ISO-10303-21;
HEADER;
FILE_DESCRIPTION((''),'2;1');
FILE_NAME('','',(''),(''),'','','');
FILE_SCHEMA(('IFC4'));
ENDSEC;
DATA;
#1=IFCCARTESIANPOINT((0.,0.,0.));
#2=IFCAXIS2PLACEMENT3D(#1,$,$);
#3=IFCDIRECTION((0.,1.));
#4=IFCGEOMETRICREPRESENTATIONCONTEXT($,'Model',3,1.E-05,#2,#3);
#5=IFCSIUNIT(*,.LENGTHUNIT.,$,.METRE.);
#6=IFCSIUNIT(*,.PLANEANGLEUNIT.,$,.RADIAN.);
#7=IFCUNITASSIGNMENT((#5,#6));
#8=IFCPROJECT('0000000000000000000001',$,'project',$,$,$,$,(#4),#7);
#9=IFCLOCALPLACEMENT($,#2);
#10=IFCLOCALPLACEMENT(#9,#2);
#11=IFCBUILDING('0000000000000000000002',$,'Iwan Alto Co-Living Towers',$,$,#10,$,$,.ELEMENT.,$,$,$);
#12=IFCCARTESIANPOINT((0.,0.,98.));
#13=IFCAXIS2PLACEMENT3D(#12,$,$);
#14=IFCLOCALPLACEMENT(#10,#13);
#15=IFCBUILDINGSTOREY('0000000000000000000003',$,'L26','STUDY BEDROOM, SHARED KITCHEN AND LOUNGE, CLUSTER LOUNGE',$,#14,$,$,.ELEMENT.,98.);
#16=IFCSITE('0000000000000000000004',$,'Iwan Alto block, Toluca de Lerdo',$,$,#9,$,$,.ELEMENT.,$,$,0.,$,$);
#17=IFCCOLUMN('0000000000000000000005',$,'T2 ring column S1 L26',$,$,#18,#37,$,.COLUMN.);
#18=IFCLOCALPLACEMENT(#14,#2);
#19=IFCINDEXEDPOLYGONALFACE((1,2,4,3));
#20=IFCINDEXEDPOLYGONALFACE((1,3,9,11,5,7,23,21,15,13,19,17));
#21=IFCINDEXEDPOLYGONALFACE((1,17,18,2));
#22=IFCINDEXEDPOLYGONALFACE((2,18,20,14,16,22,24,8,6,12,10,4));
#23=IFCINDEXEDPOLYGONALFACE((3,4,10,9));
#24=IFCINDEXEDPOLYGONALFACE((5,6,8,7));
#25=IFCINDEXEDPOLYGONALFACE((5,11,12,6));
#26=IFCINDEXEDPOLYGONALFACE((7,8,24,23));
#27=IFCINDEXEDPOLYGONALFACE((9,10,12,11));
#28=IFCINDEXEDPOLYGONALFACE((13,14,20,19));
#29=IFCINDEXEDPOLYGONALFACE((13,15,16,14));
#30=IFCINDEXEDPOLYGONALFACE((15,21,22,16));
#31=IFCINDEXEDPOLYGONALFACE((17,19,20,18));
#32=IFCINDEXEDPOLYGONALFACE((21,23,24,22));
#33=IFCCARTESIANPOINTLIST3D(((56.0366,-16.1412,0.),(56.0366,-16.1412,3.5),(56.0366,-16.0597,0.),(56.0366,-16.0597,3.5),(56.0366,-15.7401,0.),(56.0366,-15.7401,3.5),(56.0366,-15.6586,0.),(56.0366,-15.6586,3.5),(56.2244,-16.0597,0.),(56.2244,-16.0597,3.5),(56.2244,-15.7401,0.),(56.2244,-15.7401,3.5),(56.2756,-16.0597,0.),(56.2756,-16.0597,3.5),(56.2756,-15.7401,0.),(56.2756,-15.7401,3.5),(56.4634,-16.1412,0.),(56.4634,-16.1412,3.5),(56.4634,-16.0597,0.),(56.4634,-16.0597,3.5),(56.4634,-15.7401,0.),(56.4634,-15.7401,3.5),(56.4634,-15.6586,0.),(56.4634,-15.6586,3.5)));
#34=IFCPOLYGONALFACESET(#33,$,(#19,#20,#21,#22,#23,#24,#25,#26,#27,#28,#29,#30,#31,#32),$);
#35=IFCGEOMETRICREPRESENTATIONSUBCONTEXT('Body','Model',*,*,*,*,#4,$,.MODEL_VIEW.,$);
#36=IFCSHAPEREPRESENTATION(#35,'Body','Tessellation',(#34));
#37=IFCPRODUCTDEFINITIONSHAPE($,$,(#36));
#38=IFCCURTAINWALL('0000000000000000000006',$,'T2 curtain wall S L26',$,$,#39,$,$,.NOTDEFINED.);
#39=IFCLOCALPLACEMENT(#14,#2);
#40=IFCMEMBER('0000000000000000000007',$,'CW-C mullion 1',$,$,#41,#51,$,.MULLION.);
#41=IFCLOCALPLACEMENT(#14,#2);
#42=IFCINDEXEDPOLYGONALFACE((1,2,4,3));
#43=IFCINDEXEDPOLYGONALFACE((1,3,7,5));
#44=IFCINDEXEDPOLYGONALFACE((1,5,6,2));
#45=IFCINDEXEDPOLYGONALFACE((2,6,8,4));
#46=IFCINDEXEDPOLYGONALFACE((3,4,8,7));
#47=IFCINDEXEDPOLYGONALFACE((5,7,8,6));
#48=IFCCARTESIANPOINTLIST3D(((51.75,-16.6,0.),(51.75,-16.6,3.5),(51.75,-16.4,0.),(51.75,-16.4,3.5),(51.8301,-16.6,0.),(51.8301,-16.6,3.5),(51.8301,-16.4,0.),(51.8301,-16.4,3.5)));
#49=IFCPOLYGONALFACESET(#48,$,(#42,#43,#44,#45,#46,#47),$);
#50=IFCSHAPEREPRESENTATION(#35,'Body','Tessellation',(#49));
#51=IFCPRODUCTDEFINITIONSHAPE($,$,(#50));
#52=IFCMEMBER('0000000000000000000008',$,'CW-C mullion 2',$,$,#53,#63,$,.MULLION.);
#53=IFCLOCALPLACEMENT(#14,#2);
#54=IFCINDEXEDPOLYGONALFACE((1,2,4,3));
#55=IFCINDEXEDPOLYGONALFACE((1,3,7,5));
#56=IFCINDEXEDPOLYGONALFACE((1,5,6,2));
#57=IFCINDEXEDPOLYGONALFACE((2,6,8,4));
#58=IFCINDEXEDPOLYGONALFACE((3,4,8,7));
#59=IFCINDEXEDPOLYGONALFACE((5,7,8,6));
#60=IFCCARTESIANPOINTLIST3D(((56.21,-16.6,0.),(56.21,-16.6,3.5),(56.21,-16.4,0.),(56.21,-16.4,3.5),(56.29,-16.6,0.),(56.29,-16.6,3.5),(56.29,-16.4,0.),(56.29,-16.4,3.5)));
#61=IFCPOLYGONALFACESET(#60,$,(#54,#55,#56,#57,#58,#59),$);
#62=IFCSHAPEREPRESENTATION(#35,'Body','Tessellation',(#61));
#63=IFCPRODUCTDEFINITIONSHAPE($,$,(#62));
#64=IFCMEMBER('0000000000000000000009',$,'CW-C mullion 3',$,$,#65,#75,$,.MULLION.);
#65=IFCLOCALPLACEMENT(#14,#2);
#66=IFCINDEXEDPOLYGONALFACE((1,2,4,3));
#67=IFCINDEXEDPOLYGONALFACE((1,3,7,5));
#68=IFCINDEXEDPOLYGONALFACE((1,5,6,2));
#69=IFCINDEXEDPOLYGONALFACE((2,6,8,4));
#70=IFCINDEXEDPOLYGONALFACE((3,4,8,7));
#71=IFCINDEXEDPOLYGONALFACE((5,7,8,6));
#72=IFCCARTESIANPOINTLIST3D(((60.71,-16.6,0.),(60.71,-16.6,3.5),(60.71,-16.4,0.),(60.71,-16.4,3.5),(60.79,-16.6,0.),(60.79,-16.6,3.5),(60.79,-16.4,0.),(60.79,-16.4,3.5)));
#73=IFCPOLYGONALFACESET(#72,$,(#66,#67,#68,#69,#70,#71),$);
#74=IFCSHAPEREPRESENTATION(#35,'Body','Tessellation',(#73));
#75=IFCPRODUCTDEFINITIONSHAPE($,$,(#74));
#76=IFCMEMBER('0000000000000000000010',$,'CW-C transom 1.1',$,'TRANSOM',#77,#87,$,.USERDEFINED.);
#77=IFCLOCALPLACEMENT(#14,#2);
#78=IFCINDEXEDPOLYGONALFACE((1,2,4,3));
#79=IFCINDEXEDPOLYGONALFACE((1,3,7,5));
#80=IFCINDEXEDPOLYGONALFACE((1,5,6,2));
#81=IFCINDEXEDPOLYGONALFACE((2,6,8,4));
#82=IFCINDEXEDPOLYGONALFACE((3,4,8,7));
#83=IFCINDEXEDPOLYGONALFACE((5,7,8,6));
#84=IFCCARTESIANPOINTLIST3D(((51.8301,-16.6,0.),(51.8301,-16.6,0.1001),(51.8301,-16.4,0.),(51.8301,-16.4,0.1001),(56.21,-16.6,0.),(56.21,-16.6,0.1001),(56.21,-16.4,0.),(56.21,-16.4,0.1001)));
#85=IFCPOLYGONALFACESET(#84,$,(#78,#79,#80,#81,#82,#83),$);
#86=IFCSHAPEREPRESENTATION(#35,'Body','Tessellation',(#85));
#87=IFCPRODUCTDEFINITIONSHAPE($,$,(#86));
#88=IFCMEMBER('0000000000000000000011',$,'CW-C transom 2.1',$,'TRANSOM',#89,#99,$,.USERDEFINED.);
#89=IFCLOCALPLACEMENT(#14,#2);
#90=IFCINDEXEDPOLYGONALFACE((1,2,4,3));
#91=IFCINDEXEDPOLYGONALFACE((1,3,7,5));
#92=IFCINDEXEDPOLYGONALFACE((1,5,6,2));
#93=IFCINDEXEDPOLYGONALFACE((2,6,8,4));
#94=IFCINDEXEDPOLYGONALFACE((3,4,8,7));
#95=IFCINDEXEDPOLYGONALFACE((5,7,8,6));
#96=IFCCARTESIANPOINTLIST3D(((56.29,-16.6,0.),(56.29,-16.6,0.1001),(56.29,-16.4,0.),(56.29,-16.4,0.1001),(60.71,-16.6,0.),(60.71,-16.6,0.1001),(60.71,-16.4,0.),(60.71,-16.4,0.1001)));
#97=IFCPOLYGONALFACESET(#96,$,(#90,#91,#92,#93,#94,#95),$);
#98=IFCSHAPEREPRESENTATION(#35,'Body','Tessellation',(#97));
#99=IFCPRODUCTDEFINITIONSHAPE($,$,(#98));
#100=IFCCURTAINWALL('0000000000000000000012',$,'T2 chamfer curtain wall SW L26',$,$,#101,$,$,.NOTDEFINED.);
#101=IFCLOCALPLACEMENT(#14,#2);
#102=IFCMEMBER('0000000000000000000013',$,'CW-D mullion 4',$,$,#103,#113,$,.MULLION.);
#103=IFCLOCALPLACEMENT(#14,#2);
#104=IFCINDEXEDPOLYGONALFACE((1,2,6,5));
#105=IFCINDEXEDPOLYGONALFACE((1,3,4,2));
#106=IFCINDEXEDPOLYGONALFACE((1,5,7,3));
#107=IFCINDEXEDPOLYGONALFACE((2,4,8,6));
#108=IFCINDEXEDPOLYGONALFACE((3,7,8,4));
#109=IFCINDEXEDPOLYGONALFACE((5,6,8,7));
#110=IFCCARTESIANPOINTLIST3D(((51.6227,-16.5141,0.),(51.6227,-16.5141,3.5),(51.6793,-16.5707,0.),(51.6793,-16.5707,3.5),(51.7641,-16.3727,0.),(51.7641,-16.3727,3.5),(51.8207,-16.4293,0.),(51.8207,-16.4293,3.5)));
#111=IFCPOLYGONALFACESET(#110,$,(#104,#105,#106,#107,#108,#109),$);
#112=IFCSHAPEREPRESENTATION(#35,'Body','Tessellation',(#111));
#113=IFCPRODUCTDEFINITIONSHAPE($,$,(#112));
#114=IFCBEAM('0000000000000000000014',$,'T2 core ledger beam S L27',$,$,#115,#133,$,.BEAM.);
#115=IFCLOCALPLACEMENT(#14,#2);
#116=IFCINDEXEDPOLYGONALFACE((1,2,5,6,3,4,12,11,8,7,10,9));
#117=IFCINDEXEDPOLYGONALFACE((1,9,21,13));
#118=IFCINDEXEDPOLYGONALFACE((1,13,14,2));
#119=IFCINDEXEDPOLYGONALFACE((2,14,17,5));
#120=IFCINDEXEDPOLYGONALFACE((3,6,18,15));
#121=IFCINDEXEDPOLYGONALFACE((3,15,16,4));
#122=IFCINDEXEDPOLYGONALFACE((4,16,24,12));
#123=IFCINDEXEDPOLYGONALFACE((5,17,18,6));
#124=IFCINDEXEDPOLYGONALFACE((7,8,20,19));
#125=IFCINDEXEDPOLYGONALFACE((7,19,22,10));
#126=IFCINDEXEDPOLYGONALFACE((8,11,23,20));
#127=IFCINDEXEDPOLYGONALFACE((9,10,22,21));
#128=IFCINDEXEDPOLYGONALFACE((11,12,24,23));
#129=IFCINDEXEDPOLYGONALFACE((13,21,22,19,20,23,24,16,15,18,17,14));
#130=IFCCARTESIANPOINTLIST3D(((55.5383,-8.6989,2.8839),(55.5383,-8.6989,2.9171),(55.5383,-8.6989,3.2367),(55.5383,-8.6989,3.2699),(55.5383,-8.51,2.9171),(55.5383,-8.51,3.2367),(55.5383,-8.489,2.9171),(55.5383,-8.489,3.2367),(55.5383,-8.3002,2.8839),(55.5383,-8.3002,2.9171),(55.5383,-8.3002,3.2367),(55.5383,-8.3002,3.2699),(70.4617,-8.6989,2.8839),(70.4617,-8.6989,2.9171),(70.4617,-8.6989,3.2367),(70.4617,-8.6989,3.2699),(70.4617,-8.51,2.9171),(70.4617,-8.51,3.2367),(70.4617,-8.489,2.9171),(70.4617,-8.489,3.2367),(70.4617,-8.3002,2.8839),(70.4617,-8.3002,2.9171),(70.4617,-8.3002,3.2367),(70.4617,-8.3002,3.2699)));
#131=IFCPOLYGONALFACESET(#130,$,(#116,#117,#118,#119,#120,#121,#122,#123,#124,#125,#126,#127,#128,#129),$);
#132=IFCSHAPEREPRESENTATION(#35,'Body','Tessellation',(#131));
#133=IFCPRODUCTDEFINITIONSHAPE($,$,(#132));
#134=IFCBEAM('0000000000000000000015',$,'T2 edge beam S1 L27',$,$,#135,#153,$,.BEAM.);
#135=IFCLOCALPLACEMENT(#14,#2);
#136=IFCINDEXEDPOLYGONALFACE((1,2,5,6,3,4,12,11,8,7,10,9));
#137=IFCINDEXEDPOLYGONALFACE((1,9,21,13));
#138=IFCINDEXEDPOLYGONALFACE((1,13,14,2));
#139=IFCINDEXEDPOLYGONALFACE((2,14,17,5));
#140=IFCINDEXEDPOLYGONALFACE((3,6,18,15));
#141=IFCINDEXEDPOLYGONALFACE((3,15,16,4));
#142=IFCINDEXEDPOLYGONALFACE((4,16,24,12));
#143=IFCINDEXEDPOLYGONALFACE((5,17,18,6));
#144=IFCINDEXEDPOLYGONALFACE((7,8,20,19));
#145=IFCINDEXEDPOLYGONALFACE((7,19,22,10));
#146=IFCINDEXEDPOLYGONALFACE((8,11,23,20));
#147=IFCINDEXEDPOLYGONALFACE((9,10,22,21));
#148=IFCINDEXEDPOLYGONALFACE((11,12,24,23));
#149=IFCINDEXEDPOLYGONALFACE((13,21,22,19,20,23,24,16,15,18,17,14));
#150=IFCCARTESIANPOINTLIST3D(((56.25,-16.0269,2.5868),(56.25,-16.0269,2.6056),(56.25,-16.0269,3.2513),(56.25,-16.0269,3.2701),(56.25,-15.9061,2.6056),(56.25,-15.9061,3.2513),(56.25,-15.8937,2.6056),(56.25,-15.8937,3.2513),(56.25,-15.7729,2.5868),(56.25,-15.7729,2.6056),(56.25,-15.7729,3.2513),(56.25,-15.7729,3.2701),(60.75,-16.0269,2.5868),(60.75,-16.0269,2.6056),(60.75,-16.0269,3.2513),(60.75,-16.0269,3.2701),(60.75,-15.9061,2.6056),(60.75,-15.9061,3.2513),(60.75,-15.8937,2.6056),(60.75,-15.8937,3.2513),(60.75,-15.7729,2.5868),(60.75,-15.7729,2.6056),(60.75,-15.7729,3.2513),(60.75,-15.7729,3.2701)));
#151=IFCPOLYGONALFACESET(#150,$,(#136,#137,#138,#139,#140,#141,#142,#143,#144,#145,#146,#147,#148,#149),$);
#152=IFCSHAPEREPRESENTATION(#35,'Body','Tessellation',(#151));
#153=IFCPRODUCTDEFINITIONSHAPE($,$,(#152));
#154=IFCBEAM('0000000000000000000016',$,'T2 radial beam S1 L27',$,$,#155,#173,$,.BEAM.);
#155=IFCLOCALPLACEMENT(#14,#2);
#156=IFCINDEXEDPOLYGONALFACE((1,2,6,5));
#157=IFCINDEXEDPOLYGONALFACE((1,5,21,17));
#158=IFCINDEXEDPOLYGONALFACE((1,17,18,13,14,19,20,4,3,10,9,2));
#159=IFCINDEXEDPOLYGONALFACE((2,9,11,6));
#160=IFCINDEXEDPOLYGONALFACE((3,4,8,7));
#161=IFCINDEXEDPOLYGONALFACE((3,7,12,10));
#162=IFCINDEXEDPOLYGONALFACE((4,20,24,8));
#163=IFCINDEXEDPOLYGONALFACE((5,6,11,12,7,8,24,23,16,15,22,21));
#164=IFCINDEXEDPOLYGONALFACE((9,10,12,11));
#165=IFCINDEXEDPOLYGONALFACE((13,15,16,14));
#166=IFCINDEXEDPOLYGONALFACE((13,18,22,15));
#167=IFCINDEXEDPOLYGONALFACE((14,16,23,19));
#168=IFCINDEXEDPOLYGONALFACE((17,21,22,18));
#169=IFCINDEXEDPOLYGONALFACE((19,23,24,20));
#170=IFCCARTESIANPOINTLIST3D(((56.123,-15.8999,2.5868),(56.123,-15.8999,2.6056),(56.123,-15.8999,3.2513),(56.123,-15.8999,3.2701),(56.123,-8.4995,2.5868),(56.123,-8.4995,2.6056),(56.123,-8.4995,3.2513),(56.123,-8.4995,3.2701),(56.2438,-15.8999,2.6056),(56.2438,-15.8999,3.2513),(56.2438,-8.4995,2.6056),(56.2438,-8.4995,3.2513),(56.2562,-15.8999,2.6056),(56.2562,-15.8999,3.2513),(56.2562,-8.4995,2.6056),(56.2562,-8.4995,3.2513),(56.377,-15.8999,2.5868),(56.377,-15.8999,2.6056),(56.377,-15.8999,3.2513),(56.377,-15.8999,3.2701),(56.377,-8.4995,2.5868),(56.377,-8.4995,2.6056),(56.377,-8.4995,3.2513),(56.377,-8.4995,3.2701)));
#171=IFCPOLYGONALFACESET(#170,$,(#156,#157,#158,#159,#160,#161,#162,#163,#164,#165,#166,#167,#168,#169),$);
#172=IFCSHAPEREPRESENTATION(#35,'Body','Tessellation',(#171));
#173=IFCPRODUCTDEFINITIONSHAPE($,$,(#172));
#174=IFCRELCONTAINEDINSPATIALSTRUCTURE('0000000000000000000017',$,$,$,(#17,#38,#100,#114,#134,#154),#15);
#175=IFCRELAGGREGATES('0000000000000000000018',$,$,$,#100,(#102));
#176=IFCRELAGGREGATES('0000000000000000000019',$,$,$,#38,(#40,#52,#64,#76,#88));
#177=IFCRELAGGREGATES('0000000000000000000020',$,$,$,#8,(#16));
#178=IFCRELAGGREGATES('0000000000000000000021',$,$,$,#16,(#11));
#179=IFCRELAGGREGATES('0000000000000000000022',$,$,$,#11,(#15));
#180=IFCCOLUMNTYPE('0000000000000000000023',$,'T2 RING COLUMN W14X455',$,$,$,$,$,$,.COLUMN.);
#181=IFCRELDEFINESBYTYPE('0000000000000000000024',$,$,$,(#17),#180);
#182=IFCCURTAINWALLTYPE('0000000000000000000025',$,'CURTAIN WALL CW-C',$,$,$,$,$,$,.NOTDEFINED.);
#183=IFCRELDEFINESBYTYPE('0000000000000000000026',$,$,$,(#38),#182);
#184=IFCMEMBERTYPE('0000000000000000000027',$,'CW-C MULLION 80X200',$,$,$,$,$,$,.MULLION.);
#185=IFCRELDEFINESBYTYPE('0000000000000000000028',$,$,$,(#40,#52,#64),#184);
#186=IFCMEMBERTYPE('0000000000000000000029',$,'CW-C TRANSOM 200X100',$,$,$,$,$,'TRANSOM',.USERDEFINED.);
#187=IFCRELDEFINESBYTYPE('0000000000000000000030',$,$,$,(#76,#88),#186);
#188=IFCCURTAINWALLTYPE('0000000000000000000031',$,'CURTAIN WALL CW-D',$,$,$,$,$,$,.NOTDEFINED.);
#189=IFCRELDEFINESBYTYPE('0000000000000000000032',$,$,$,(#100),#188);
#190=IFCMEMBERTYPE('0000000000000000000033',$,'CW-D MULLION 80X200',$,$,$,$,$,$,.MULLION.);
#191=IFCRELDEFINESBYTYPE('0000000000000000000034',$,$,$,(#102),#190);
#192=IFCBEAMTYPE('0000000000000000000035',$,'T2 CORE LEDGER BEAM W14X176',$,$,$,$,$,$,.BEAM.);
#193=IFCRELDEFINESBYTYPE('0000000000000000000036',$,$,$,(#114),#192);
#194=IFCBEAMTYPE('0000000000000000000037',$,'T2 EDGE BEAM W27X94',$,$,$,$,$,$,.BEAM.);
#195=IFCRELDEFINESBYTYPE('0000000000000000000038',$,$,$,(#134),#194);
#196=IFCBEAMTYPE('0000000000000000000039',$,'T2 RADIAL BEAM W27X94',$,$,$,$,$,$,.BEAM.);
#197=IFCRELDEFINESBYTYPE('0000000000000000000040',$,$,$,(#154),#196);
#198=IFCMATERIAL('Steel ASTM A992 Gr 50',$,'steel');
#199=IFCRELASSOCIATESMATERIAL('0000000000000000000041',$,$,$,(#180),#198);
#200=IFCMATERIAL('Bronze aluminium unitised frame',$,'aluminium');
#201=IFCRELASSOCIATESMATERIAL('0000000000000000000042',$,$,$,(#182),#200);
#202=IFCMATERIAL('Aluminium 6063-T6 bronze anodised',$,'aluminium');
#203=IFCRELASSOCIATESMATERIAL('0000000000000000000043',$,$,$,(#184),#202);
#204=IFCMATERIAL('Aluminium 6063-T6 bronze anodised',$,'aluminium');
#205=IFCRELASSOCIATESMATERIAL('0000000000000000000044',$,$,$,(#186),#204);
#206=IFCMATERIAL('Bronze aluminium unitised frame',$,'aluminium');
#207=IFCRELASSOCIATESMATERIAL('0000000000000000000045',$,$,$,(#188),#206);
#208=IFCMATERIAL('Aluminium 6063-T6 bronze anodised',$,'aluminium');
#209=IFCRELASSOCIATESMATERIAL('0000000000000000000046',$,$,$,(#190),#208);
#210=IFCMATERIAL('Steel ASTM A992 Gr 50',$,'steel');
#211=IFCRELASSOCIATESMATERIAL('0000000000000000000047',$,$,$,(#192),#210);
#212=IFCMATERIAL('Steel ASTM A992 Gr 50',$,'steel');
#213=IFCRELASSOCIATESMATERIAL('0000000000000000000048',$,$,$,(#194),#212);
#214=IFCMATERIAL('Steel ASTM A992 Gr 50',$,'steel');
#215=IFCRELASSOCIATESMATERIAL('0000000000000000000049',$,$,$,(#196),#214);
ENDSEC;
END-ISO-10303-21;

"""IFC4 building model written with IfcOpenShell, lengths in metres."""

from ifc_helpers import new_model, si_unit, direction, frame, origin, origin_2d, place, context, subcontext, project, spatial, rectangle, i_section, extrude, material, material_profile, profile_set, type_object, element, aggregate, save


model = new_model("IFC4")

# Units and contexts
model_context = context("Model", 3, precision=1e-05, world=origin(), true_north=direction((0.0, 1.0)))
body_context = subcontext(model_context, "Body", "Model", "MODEL_VIEW")
ifc_project = project(units=[si_unit("LENGTHUNIT", "METRE"), si_unit("PLANEANGLEUNIT", "RADIAN")], contexts=[model_context])

# Site, building, storey
site_placement = place(None, origin())
site = spatial("IfcSite", under=ifc_project, at=site_placement, Name="Iwan Alto block, Toluca de Lerdo", CompositionType="ELEMENT", RefElevation=0.0)
building_placement = place(site_placement, origin())
building = spatial("IfcBuilding", under=site, at=building_placement, Name="Iwan Alto Co-Living Towers", CompositionType="ELEMENT")
storey_placement = place(building_placement, frame((0.0, 0.0, 98.0)))
storey = spatial("IfcBuildingStorey", under=building, at=storey_placement, Name="L26", Description="STUDY BEDROOM, SHARED KITCHEN AND LOUNGE, CLUSTER LOUNGE", CompositionType="ELEMENT", Elevation=98.0)

# Column
ifc_material_1 = material(Name="Steel ASTM A992 Gr 50", Category="steel")
ifc_material_profile_1 = material_profile(ifc_material_1, i_section(OverallWidth=0.4268, OverallDepth=0.4827, WebThickness=0.0513, FlangeThickness=0.0815, at=origin_2d()), Name="W14X455")
ifc_profile_set_1 = profile_set([ifc_material_profile_1], Name="Steel ASTM A992 Gr 50")
column_type = type_object("IfcColumnType", Name="T2 RING COLUMN W14X455", PredefinedType="COLUMN", material=ifc_profile_set_1)
column_placement = place(storey_placement, frame((56.25, -15.8999, 0.0), z_axis=(0.0, 0.0, 1.0), x_axis=(1.0, 0.0, 0.0)))
element("IfcColumn", 1, at=column_placement, inside=storey, type_object=column_type, Name="T2 ring column S1 L26", PredefinedType="COLUMN", context=body_context, shape_type="SweptSolid", body=[
    extrude(i_section(OverallWidth=0.4268, OverallDepth=0.4827, WebThickness=0.0513, FlangeThickness=0.0815, at=origin_2d()), origin(), (0.0, 0.0, 1.0), 3.5),
])

# Curtain wall, members
ifc_material_2 = material(Name="Bronze aluminium unitised frame", Category="aluminium")
curtain_wall_type_1 = type_object("IfcCurtainWallType", Name="CURTAIN WALL CW-C", PredefinedType="NOTDEFINED", material=ifc_material_2)
curtain_wall_1_placement = place(storey_placement, origin())
curtain_wall_1 = element("IfcCurtainWall", 2, at=curtain_wall_1_placement, inside=storey, type_object=curtain_wall_type_1, Name="T2 curtain wall S L26", PredefinedType="NOTDEFINED")
ifc_material_3 = material(Name="Aluminium 6063-T6 bronze anodised", Category="aluminium")
ifc_material_profile_2 = material_profile(ifc_material_3, rectangle(XDim=0.2, YDim=0.0801, at=origin_2d()), Name="AL 80X200")
ifc_profile_set_2 = profile_set([ifc_material_profile_2], Name="Aluminium 6063-T6 bronze anodised")
member_type_1 = type_object("IfcMemberType", Name="CW-C MULLION 80X200", PredefinedType="MULLION", material=ifc_profile_set_2)
member_1_placement = place(storey_placement, frame((51.79, -16.5, 0.0), z_axis=(0.0, 0.0, 1.0), x_axis=(0.0, 1.0, 0.0)))
member_1 = element("IfcMember", 3, at=member_1_placement, type_object=member_type_1, Name="CW-C mullion 1", PredefinedType="MULLION", context=body_context, shape_type="SweptSolid", body=[
    extrude(rectangle(XDim=0.2, YDim=0.0801, at=origin_2d()), origin(), (0.0, 0.0, 1.0), 3.5),
])
member_2_placement = place(storey_placement, frame((56.25, -16.5, 0.0), z_axis=(0.0, 0.0, 1.0), x_axis=(0.0, 1.0, 0.0)))
member_2 = element("IfcMember", 4, at=member_2_placement, type_object=member_type_1, Name="CW-C mullion 2", PredefinedType="MULLION", context=body_context, shape_type="SweptSolid", body=[
    extrude(rectangle(XDim=0.2, YDim=0.0801, at=origin_2d()), origin(), (0.0, 0.0, 1.0), 3.5),
])
member_3_placement = place(storey_placement, frame((60.75, -16.5, 0.0), z_axis=(0.0, 0.0, 1.0), x_axis=(0.0, 1.0, 0.0)))
member_3 = element("IfcMember", 5, at=member_3_placement, type_object=member_type_1, Name="CW-C mullion 3", PredefinedType="MULLION", context=body_context, shape_type="SweptSolid", body=[
    extrude(rectangle(XDim=0.2, YDim=0.0801, at=origin_2d()), origin(), (0.0, 0.0, 1.0), 3.5),
])
ifc_material_4 = material(Name="Aluminium 6063-T6 bronze anodised", Category="aluminium")
ifc_material_profile_3 = material_profile(ifc_material_4, rectangle(XDim=0.2, YDim=0.1001, at=origin_2d()), Name="AL 200X100")
ifc_profile_set_3 = profile_set([ifc_material_profile_3], Name="Aluminium 6063-T6 bronze anodised")
member_type_2 = type_object("IfcMemberType", Name="CW-C TRANSOM 200X100", ElementType="TRANSOM", PredefinedType="USERDEFINED", material=ifc_profile_set_3)
member_4_placement = place(storey_placement, frame((51.8301, -16.5, 0.05), z_axis=(1.0, 0.0, 0.0), x_axis=(0.0, 1.0, 0.0)))
member_4 = element("IfcMember", 6, at=member_4_placement, type_object=member_type_2, Name="CW-C transom 1.1", ObjectType="TRANSOM", PredefinedType="USERDEFINED", context=body_context, shape_type="SweptSolid", body=[
    extrude(rectangle(XDim=0.2, YDim=0.1001, at=origin_2d()), origin(), (0.0, 0.0, 1.0), 4.3799),
])
member_5_placement = place(storey_placement, frame((56.29, -16.5, 0.05), z_axis=(1.0, 0.0, 0.0), x_axis=(0.0, 1.0, 0.0)))
member_5 = element("IfcMember", 7, at=member_5_placement, type_object=member_type_2, Name="CW-C transom 2.1", ObjectType="TRANSOM", PredefinedType="USERDEFINED", context=body_context, shape_type="SweptSolid", body=[
    extrude(rectangle(XDim=0.2, YDim=0.1001, at=origin_2d()), origin(), (0.0, 0.0, 1.0), 4.4199),
])

# Curtain wall, member
ifc_material_5 = material(Name="Bronze aluminium unitised frame", Category="aluminium")
curtain_wall_type_2 = type_object("IfcCurtainWallType", Name="CURTAIN WALL CW-D", PredefinedType="NOTDEFINED", material=ifc_material_5)
curtain_wall_2_placement = place(storey_placement, origin())
curtain_wall_2 = element("IfcCurtainWall", 8, at=curtain_wall_2_placement, inside=storey, type_object=curtain_wall_type_2, Name="T2 chamfer curtain wall SW L26", PredefinedType="NOTDEFINED")
ifc_material_6 = material(Name="Aluminium 6063-T6 bronze anodised", Category="aluminium")
ifc_material_profile_4 = material_profile(ifc_material_6, rectangle(XDim=0.2, YDim=0.0801, at=origin_2d()), Name="AL 80X200")
ifc_profile_set_4 = profile_set([ifc_material_profile_4], Name="Aluminium 6063-T6 bronze anodised")
member_type_3 = type_object("IfcMemberType", Name="CW-D MULLION 80X200", PredefinedType="MULLION", material=ifc_profile_set_4)
member_6_placement = place(storey_placement, frame((51.7217, -16.4717, 0.0), z_axis=(0.0, 0.0, 1.0), x_axis=(0.707107, 0.707107, 0.0)))
member_6 = element("IfcMember", 9, at=member_6_placement, type_object=member_type_3, Name="CW-D mullion 4", PredefinedType="MULLION", context=body_context, shape_type="SweptSolid", body=[
    extrude(rectangle(XDim=0.2, YDim=0.0801, at=origin_2d()), origin(), (0.0, 0.0, 1.0), 3.5),
])
aggregate(curtain_wall_2, [member_6])

# Beams
ifc_material_7 = material(Name="Steel ASTM A992 Gr 50", Category="steel")
ifc_material_profile_5 = material_profile(ifc_material_7, i_section(OverallWidth=0.3987, OverallDepth=0.386, WebThickness=0.021, FlangeThickness=0.0332, at=origin_2d()), Name="W14X176")
ifc_profile_set_5 = profile_set([ifc_material_profile_5], Name="Steel ASTM A992 Gr 50")
beam_type_1 = type_object("IfcBeamType", Name="T2 CORE LEDGER BEAM W14X176", PredefinedType="BEAM", material=ifc_profile_set_5)
beam_1_placement = place(storey_placement, frame((55.5383, -8.4995, 3.0769), z_axis=(1.0, 0.0, 0.0), x_axis=(0.0, 1.0, 0.0)))
element("IfcBeam", 10, at=beam_1_placement, inside=storey, type_object=beam_type_1, Name="T2 core ledger beam S L27", PredefinedType="BEAM", context=body_context, shape_type="SweptSolid", body=[
    extrude(i_section(OverallWidth=0.3987, OverallDepth=0.386, WebThickness=0.021, FlangeThickness=0.0332, at=origin_2d()), origin(), (0.0, 0.0, 1.0), 14.9233),
])
ifc_material_8 = material(Name="Steel ASTM A992 Gr 50", Category="steel")
ifc_material_profile_6 = material_profile(ifc_material_8, i_section(OverallWidth=0.2539, OverallDepth=0.6833, WebThickness=0.0125, FlangeThickness=0.0188, at=origin_2d()), Name="W27X94")
ifc_profile_set_6 = profile_set([ifc_material_profile_6], Name="Steel ASTM A992 Gr 50")
beam_type_2 = type_object("IfcBeamType", Name="T2 EDGE BEAM W27X94", PredefinedType="BEAM", material=ifc_profile_set_6)
beam_2_placement = place(storey_placement, frame((56.25, -15.8999, 2.9285), z_axis=(1.0, 0.0, 0.0), x_axis=(0.0, 1.0, 0.0)))
element("IfcBeam", 11, at=beam_2_placement, inside=storey, type_object=beam_type_2, Name="T2 edge beam S1 L27", PredefinedType="BEAM", context=body_context, shape_type="SweptSolid", body=[
    extrude(i_section(OverallWidth=0.2539, OverallDepth=0.6833, WebThickness=0.0125, FlangeThickness=0.0188, at=origin_2d()), origin(), (0.0, 0.0, 1.0), 4.5),
])
ifc_material_9 = material(Name="Steel ASTM A992 Gr 50", Category="steel")
ifc_material_profile_7 = material_profile(ifc_material_9, i_section(OverallWidth=0.2539, OverallDepth=0.6833, WebThickness=0.0125, FlangeThickness=0.0188, at=origin_2d()), Name="W27X94")
ifc_profile_set_7 = profile_set([ifc_material_profile_7], Name="Steel ASTM A992 Gr 50")
beam_type_3 = type_object("IfcBeamType", Name="T2 RADIAL BEAM W27X94", PredefinedType="BEAM", material=ifc_profile_set_7)
beam_3_placement = place(storey_placement, frame((56.25, -15.8999, 2.9285), z_axis=(0.0, 1.0, 0.0), x_axis=(-1.0, 0.0, 0.0)))
element("IfcBeam", 12, at=beam_3_placement, inside=storey, type_object=beam_type_3, Name="T2 radial beam S1 L27", PredefinedType="BEAM", context=body_context, shape_type="SweptSolid", body=[
    extrude(i_section(OverallWidth=0.2539, OverallDepth=0.6833, WebThickness=0.0125, FlangeThickness=0.0188, at=origin_2d()), origin(), (0.0, 0.0, 1.0), 7.4004),
])

aggregate(curtain_wall_1, [member_1, member_2, member_3, member_4, member_5])

save(model, "model.ifc")
